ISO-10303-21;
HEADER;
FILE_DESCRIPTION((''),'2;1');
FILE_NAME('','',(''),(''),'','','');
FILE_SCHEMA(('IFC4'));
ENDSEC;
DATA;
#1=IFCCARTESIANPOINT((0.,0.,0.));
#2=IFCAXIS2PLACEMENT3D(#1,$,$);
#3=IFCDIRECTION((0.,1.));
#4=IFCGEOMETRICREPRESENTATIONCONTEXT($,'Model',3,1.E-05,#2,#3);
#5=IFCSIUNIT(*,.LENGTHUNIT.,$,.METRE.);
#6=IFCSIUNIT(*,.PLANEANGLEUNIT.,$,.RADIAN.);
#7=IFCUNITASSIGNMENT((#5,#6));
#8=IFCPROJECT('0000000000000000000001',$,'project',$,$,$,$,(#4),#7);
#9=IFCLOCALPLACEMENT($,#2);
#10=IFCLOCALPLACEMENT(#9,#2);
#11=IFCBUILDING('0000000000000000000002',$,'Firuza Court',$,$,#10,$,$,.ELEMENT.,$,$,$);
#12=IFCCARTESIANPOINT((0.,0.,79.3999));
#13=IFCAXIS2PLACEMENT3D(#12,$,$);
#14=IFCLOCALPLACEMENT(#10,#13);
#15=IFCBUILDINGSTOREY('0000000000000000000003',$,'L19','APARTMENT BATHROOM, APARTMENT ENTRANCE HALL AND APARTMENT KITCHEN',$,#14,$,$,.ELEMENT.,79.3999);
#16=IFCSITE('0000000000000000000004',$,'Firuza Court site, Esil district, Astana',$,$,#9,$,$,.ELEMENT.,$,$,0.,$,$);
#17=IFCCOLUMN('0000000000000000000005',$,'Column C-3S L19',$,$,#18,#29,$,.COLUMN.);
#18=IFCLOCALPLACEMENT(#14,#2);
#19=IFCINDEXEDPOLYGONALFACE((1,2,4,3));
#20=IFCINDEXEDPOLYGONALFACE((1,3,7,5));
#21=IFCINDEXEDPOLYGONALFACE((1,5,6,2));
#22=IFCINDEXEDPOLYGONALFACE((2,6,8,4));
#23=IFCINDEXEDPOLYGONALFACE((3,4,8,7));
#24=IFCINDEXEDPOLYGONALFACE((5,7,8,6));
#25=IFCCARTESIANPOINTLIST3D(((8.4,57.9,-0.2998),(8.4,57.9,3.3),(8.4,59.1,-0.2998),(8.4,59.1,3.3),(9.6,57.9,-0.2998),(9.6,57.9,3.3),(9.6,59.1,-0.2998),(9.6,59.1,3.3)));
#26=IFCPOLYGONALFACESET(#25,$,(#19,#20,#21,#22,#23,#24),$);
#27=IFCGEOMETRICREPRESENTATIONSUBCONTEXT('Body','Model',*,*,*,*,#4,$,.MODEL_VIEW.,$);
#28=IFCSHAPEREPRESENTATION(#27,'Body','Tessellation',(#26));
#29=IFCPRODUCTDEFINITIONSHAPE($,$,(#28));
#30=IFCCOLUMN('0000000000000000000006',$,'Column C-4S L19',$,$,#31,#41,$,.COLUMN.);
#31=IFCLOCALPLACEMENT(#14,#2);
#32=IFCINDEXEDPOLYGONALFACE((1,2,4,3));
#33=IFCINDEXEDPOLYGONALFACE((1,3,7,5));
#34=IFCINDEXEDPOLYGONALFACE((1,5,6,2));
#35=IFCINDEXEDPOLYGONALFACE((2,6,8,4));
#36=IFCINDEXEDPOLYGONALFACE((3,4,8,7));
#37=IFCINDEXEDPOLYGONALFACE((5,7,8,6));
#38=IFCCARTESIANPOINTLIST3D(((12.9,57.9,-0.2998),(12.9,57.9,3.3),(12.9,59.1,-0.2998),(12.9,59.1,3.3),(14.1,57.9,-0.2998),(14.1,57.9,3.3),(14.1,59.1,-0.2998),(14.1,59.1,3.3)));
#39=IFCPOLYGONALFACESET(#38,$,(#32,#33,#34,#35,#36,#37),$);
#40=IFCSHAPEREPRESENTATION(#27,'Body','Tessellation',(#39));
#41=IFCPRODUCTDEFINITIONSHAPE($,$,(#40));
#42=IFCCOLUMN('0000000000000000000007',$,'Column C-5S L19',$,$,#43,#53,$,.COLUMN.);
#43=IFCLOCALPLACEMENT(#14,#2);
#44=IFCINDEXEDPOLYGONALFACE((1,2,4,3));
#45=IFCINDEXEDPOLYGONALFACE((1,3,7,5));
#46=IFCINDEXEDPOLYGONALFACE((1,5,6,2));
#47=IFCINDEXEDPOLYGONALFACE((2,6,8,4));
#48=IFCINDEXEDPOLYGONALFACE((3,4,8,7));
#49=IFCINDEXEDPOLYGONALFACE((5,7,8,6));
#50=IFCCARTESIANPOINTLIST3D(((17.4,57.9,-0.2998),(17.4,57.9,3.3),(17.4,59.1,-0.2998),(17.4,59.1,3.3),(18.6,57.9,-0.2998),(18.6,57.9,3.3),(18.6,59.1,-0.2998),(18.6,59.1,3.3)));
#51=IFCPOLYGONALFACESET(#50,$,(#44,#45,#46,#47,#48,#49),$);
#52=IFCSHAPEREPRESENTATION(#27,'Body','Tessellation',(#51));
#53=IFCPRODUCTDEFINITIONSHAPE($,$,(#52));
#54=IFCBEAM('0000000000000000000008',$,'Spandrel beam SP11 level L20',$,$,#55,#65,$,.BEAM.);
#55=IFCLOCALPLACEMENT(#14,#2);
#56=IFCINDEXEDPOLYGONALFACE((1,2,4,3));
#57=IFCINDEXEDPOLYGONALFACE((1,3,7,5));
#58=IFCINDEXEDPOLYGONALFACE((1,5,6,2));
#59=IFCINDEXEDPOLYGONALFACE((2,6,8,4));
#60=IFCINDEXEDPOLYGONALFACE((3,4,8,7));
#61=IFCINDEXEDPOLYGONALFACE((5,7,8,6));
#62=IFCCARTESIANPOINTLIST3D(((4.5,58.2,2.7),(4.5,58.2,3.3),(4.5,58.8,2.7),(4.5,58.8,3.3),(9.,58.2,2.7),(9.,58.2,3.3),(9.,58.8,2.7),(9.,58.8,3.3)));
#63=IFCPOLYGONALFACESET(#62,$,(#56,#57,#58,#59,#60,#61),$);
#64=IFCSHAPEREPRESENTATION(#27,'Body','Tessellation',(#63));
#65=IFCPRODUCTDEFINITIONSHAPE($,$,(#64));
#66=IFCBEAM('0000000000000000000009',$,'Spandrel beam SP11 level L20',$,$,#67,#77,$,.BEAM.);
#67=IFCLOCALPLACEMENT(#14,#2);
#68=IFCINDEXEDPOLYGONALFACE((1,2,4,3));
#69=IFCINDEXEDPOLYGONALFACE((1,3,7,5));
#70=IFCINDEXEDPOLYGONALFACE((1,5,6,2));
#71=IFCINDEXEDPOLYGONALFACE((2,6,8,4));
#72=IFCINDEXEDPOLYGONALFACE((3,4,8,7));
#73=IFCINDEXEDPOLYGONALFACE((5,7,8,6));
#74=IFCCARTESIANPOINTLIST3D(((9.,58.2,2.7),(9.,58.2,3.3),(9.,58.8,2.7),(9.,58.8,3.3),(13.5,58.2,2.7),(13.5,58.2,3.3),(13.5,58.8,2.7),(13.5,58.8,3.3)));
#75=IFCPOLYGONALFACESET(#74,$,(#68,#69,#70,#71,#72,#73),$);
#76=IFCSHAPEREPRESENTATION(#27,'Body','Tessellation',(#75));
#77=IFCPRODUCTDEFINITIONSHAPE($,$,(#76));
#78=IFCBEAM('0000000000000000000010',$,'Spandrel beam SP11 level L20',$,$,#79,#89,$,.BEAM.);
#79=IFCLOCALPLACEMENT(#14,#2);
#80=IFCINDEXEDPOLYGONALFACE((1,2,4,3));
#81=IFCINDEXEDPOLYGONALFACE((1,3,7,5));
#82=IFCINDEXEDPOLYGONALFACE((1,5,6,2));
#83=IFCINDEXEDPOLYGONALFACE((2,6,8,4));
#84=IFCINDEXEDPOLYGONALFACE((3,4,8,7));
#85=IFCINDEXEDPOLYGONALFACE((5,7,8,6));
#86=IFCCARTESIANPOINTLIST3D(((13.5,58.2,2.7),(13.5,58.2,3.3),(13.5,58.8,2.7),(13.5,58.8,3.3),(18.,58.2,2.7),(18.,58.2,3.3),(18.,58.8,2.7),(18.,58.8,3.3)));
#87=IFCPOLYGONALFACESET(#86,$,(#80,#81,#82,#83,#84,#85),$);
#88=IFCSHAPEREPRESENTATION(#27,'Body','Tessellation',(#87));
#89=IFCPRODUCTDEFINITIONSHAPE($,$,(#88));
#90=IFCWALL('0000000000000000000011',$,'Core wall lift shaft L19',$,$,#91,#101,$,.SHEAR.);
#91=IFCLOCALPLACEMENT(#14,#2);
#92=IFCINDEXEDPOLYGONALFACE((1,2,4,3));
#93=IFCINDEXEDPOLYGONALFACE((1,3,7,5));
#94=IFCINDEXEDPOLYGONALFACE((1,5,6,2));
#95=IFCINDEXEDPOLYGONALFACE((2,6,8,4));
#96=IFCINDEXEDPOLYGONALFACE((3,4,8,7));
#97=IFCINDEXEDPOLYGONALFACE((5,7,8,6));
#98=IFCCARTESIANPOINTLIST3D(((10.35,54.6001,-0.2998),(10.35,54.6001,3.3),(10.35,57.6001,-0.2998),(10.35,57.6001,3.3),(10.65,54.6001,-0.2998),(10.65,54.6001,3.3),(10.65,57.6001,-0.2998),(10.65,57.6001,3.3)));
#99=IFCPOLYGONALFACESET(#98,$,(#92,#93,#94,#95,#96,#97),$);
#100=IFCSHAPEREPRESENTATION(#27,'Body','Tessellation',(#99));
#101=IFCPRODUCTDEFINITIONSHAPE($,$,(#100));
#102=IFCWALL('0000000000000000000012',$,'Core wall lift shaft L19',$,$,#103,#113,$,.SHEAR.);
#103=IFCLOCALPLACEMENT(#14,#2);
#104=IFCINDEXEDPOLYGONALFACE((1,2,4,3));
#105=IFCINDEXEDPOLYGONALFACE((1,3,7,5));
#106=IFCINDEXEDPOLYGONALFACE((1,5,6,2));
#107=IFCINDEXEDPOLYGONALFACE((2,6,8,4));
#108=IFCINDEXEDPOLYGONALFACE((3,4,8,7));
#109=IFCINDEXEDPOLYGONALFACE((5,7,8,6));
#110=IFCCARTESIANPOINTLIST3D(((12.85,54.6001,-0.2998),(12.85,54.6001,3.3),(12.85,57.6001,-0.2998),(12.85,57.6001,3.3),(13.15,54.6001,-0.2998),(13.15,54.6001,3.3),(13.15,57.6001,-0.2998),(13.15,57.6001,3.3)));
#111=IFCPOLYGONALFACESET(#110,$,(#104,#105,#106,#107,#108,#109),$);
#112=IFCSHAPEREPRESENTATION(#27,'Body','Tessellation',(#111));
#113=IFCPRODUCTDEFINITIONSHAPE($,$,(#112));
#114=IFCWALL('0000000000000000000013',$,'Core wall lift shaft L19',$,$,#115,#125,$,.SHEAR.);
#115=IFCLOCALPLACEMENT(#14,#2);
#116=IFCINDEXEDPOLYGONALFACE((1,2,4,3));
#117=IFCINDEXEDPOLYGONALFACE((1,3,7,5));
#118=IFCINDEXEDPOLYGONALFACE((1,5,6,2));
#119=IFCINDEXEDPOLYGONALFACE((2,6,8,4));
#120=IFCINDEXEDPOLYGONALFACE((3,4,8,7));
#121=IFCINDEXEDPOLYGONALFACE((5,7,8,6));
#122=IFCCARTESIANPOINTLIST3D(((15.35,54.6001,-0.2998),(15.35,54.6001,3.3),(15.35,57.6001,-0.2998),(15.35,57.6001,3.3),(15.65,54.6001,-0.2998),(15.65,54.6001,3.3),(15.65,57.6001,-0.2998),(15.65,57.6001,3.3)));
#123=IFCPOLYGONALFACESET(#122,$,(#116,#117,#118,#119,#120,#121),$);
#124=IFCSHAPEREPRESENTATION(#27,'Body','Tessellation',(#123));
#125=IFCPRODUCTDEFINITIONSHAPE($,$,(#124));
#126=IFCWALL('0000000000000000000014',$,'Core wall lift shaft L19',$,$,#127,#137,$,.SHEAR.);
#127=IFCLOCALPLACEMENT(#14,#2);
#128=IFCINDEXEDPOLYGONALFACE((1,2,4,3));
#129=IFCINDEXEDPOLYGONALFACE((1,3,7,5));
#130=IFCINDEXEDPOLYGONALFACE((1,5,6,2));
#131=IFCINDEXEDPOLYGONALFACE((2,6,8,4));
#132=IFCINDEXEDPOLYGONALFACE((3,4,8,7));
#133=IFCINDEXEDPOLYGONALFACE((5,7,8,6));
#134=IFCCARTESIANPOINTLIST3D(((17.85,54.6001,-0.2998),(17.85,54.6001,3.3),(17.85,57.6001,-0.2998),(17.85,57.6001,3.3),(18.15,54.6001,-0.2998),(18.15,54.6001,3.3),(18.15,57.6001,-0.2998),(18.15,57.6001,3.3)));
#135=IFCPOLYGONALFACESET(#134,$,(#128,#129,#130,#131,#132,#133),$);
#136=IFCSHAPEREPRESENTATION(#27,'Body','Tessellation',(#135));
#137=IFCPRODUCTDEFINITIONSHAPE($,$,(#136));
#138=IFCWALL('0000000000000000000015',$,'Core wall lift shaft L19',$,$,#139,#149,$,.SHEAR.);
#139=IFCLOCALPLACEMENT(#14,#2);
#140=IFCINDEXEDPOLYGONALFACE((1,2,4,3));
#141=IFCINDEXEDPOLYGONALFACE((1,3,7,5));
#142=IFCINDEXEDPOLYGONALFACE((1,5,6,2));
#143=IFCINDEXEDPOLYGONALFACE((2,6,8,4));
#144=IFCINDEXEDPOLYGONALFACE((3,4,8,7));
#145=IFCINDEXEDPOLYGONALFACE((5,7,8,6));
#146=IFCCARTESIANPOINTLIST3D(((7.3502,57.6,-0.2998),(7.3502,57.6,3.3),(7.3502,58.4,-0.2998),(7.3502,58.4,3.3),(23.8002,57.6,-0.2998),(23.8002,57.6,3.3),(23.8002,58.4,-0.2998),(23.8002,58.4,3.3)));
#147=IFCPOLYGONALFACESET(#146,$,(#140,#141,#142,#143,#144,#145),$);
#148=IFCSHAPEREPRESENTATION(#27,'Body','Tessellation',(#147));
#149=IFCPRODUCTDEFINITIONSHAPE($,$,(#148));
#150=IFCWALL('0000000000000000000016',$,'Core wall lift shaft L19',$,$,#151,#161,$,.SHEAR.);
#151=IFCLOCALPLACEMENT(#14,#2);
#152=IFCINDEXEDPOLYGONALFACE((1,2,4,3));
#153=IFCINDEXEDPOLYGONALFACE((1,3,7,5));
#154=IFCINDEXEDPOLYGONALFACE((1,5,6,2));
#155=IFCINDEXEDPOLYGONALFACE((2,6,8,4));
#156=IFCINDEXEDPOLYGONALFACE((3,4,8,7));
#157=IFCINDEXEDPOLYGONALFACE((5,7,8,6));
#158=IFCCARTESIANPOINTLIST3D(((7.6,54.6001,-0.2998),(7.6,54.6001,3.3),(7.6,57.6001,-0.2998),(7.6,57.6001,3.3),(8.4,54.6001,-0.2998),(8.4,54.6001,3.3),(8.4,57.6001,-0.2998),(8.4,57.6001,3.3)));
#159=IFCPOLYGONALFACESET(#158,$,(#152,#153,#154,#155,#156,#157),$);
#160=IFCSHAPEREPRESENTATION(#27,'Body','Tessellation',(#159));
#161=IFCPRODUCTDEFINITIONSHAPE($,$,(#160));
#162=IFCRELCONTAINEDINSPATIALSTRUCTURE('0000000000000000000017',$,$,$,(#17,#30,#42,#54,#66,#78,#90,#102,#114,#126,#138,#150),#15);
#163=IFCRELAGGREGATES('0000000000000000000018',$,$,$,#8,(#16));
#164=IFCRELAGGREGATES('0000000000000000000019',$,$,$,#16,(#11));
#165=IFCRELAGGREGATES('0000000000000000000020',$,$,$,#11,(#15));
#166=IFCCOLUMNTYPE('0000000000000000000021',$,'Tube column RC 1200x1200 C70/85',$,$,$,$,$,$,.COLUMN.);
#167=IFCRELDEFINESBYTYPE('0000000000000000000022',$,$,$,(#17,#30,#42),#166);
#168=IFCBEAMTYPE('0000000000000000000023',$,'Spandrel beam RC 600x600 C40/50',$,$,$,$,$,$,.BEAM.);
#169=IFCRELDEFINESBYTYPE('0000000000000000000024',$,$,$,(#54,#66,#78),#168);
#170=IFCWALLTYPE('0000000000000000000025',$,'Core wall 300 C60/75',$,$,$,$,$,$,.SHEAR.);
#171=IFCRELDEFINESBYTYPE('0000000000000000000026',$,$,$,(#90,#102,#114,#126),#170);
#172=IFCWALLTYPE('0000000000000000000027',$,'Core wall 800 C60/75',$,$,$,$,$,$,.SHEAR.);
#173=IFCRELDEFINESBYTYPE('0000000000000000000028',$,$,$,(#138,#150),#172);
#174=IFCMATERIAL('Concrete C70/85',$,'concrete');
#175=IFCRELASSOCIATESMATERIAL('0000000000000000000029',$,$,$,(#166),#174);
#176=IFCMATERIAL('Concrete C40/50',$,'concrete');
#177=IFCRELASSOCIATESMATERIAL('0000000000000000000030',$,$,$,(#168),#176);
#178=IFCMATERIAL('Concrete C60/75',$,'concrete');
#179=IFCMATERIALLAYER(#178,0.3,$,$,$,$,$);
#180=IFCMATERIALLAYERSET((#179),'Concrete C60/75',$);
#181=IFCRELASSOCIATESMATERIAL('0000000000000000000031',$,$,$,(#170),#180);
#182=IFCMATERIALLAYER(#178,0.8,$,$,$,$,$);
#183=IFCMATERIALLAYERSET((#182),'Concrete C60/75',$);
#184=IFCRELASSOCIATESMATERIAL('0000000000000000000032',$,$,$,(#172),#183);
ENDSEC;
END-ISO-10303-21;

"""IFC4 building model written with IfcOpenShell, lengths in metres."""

from ifc_helpers import new_model, si_unit, direction, frame, frame_2d, origin, origin_2d, place, context, subcontext, project, spatial, rectangle, extrude, material, layer, layer_set, material_profile, profile_set, type_object, element, save


model = new_model("IFC4")

# Units and contexts
model_context = context("Model", 3, precision=1e-05, world=origin(), true_north=direction((0.0, 1.0)))
body_context = subcontext(model_context, "Body", "Model", "MODEL_VIEW")
ifc_project = project(units=[si_unit("LENGTHUNIT", "METRE"), si_unit("PLANEANGLEUNIT", "RADIAN")], contexts=[model_context])

# Site, building, storey
site_placement = place(None, origin())
site = spatial("IfcSite", under=ifc_project, at=site_placement, Name="Firuza Court site, Esil district, Astana", CompositionType="ELEMENT", RefElevation=0.0)
building_placement = place(site_placement, origin())
building = spatial("IfcBuilding", under=site, at=building_placement, Name="Firuza Court", CompositionType="ELEMENT")
storey_placement = place(building_placement, frame((0.0, 0.0, 79.3999)))
storey = spatial("IfcBuildingStorey", under=building, at=storey_placement, Name="L19", Description="APARTMENT BATHROOM, APARTMENT ENTRANCE HALL AND APARTMENT KITCHEN", CompositionType="ELEMENT", Elevation=79.3999)

# Columns
ifc_material_1 = material(Name="Concrete C70/85", Category="concrete")
ifc_material_profile_1 = material_profile(ifc_material_1, rectangle(XDim=1.2, YDim=1.2, at=origin_2d()), Name="RC 1200x1200")
ifc_profile_set_1 = profile_set([ifc_material_profile_1], Name="Concrete C70/85")
column_type = type_object("IfcColumnType", Name="Tube column RC 1200x1200 C70/85", PredefinedType="COLUMN", material=ifc_profile_set_1)
for number, where, z_axis, x_axis, name in (
    (1, (9.0, 58.5, -0.2998), (0.0, 0.0, 1.0), (1.0, 0.0, 0.0), "Column C-3S L19"),
    (2, (13.5, 58.5, -0.2998), (0.0, 0.0, 1.0), (1.0, 0.0, 0.0), "Column C-4S L19"),
    (3, (18.0, 58.5, -0.2998), (0.0, 0.0, 1.0), (1.0, 0.0, 0.0), "Column C-5S L19"),
):
    element("IfcColumn", number, at=place(storey_placement, frame(where, z_axis=z_axis, x_axis=x_axis)), inside=storey, type_object=column_type, Name=name, PredefinedType="COLUMN", context=body_context, shape_type="SweptSolid", body=[
        extrude(rectangle(XDim=1.2, YDim=1.2, at=origin_2d()), origin(), (0.0, 0.0, 1.0), 3.5999),
    ])

# Beams
ifc_material_2 = material(Name="Concrete C40/50", Category="concrete")
ifc_material_profile_2 = material_profile(ifc_material_2, rectangle(XDim=0.6001, YDim=0.6001, at=origin_2d()), Name="RC 600x600")
ifc_profile_set_2 = profile_set([ifc_material_profile_2], Name="Concrete C40/50")
beam_type = type_object("IfcBeamType", Name="Spandrel beam RC 600x600 C40/50", PredefinedType="BEAM", material=ifc_profile_set_2)
for number, where, z_axis, x_axis, name in (
    (4, (9.0, 58.5, 3.0), (-1.0, 0.0, 0.0), (0.0, -1.0, 0.0), "Spandrel beam SP11 level L20"),
    (5, (13.5, 58.5, 3.0), (-1.0, 0.0, 0.0), (0.0, -1.0, 0.0), "Spandrel beam SP11 level L20"),
    (6, (18.0, 58.5, 3.0), (-1.0, 0.0, 0.0), (0.0, -1.0, 0.0), "Spandrel beam SP11 level L20"),
):
    element("IfcBeam", number, at=place(storey_placement, frame(where, z_axis=z_axis, x_axis=x_axis)), inside=storey, type_object=beam_type, Name=name, PredefinedType="BEAM", context=body_context, shape_type="SweptSolid", body=[
        extrude(rectangle(XDim=0.6001, YDim=0.6001, at=origin_2d()), origin(), (0.0, 0.0, 1.0), 4.5),
    ])

# Walls
ifc_material_3 = material(Name="Concrete C60/75", Category="concrete")
ifc_layer_1 = layer(ifc_material_3, 0.3)
ifc_layer_set_1 = layer_set([ifc_layer_1], Name="Concrete C60/75")
wall_type_1 = type_object("IfcWallType", Name="Core wall 300 C60/75", PredefinedType="SHEAR", material=ifc_layer_set_1)
for number, where, z_axis, x_axis, name in (
    (7, (10.5, 54.6001, -0.2998), (0.0, 0.0, 1.0), (0.0, 1.0, 0.0), "Core wall lift shaft L19"),
    (8, (13.0, 54.6001, -0.2998), (0.0, 0.0, 1.0), (0.0, 1.0, 0.0), "Core wall lift shaft L19"),
    (9, (15.5, 54.6001, -0.2998), (0.0, 0.0, 1.0), (0.0, 1.0, 0.0), "Core wall lift shaft L19"),
    (10, (18.0, 54.6001, -0.2998), (0.0, 0.0, 1.0), (0.0, 1.0, 0.0), "Core wall lift shaft L19"),
):
    element("IfcWall", number, at=place(storey_placement, frame(where, z_axis=z_axis, x_axis=x_axis)), inside=storey, type_object=wall_type_1, Name=name, PredefinedType="SHEAR", context=body_context, shape_type="SweptSolid", body=[
        extrude(rectangle(XDim=3.0, YDim=0.3, at=frame_2d((1.5, 0.0))), origin(), (0.0, 0.0, 1.0), 3.5999),
    ])
ifc_layer_2 = layer(ifc_material_3, 0.8)
ifc_layer_set_2 = layer_set([ifc_layer_2], Name="Concrete C60/75")
wall_type_2 = type_object("IfcWallType", Name="Core wall 800 C60/75", PredefinedType="SHEAR", material=ifc_layer_set_2)
wall_1_placement = place(storey_placement, frame((7.3501, 58.0, -0.2998), z_axis=(0.0, 0.0, 1.0), x_axis=(1.0, 0.0, 0.0)))
element("IfcWall", 11, at=wall_1_placement, inside=storey, type_object=wall_type_2, Name="Core wall lift shaft L19", PredefinedType="SHEAR", context=body_context, shape_type="SweptSolid", body=[
    extrude(rectangle(XDim=16.45, YDim=0.8, at=frame_2d((8.2251, 0.0))), origin(), (0.0, 0.0, 1.0), 3.5999),
])
wall_2_placement = place(storey_placement, frame((8.0, 54.6001, -0.2998), z_axis=(0.0, 0.0, 1.0), x_axis=(0.0, 1.0, 0.0)))
element("IfcWall", 12, at=wall_2_placement, inside=storey, type_object=wall_type_2, Name="Core wall lift shaft L19", PredefinedType="SHEAR", context=body_context, shape_type="SweptSolid", body=[
    extrude(rectangle(XDim=3.0, YDim=0.8, at=frame_2d((1.5, 0.0))), origin(), (0.0, 0.0, 1.0), 3.5999),
])

save(model, "model.ifc")
